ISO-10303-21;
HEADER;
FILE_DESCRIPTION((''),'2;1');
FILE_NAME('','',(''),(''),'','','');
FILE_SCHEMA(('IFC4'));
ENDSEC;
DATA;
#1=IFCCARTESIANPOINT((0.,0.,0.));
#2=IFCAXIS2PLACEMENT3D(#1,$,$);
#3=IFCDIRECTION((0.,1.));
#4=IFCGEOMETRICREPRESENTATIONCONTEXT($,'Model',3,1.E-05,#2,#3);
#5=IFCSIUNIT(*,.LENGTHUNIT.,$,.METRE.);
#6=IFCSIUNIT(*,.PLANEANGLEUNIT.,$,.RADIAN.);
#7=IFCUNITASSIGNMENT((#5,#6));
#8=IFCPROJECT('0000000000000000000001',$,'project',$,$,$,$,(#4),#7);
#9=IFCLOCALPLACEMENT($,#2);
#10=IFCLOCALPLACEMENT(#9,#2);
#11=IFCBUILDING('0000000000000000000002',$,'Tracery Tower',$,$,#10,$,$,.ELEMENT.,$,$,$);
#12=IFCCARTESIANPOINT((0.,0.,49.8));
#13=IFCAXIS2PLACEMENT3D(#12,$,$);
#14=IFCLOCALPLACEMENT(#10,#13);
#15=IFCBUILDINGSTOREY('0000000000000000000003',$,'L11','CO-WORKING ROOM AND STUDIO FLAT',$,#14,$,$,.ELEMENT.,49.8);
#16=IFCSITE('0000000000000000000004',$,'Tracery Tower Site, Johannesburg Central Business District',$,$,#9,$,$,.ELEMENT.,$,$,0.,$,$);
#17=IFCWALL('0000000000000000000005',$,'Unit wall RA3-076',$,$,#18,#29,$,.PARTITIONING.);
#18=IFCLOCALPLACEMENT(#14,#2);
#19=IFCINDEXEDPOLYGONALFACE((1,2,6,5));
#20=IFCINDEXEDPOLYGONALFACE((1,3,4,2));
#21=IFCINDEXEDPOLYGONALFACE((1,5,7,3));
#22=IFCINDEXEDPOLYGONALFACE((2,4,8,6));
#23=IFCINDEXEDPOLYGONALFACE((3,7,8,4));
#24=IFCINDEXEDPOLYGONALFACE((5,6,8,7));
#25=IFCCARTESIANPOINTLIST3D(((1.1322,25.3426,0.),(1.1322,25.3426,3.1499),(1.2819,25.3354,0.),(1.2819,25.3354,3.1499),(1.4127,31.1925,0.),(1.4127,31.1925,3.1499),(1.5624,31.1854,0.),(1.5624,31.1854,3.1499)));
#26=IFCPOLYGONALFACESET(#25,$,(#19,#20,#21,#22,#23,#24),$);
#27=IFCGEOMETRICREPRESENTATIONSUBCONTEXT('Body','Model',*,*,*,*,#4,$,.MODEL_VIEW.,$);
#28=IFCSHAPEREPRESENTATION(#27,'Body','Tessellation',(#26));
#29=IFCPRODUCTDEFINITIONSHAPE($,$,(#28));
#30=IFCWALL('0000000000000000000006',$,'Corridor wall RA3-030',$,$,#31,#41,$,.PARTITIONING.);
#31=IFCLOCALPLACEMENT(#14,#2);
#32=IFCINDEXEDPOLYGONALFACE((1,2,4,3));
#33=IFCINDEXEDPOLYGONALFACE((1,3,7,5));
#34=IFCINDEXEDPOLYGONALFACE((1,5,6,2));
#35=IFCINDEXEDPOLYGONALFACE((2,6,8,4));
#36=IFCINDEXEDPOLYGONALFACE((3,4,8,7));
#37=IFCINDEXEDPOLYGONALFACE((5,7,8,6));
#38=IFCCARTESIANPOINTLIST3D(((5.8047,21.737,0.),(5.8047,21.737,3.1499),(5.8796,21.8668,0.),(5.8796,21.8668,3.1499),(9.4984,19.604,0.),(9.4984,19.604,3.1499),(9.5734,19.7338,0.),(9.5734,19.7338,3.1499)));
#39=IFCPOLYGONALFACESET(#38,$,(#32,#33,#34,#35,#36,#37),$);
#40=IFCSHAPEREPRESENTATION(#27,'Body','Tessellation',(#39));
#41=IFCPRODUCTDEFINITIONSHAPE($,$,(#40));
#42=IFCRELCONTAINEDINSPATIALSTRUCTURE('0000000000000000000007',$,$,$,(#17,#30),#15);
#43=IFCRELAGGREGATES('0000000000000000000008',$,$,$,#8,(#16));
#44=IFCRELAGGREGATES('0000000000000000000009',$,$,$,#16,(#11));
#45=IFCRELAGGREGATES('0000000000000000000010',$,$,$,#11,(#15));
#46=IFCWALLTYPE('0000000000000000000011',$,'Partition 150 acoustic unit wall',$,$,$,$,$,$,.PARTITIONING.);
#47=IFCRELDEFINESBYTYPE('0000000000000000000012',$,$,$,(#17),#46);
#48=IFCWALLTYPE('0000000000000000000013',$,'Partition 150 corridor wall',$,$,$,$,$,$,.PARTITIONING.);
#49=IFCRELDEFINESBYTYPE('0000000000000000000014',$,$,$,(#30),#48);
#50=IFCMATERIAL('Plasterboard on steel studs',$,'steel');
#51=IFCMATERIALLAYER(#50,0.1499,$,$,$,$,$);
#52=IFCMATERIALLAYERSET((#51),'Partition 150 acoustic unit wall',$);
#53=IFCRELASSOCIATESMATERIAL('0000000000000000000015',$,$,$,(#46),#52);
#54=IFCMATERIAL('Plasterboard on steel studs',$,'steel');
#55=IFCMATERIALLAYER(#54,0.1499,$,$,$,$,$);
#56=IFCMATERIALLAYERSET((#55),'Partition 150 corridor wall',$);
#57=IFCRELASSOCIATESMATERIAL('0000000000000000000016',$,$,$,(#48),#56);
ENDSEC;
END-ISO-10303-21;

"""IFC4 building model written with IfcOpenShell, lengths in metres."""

from ifc_helpers import new_model, si_unit, direction, frame, frame_2d, origin, place, context, subcontext, project, spatial, rectangle, extrude, material, layer, layer_set, type_object, element, save


model = new_model("IFC4")

# Units and contexts
model_context = context("Model", 3, precision=1e-05, world=origin(), true_north=direction((0.0, 1.0)))
body_context = subcontext(model_context, "Body", "Model", "MODEL_VIEW")
ifc_project = project(units=[si_unit("LENGTHUNIT", "METRE"), si_unit("PLANEANGLEUNIT", "RADIAN")], contexts=[model_context])

# Site, building, storey
site_placement = place(None, origin())
site = spatial("IfcSite", under=ifc_project, at=site_placement, Name="Tracery Tower Site, Johannesburg Central Business District", CompositionType="ELEMENT", RefElevation=0.0)
building_placement = place(site_placement, origin())
building = spatial("IfcBuilding", under=site, at=building_placement, Name="Tracery Tower", CompositionType="ELEMENT")
storey_placement = place(building_placement, frame((0.0, 0.0, 49.8)))
storey = spatial("IfcBuildingStorey", under=building, at=storey_placement, Name="L11", Description="CO-WORKING ROOM AND STUDIO FLAT", CompositionType="ELEMENT", Elevation=49.8)

# Walls
ifc_material_1 = material(Name="Plasterboard on steel studs", Category="steel")
ifc_layer_1 = layer(ifc_material_1, 0.1499)
ifc_layer_set_1 = layer_set([ifc_layer_1], Name="Partition 150 acoustic unit wall")
wall_type_1 = type_object("IfcWallType", Name="Partition 150 acoustic unit wall", PredefinedType="PARTITIONING", material=ifc_layer_set_1)
wall_1_placement = place(storey_placement, frame((1.207, 25.3391, 0.0), z_axis=(0.0, 0.0, 1.0), x_axis=(0.047898, 0.998852, 0.0)))
element("IfcWall", 1, at=wall_1_placement, inside=storey, type_object=wall_type_1, Name="Unit wall RA3-076", PredefinedType="PARTITIONING", context=body_context, shape_type="SweptSolid", body=[
    extrude(rectangle(XDim=5.8567, YDim=0.1499, at=frame_2d((2.9282, 0.0))), origin(), (0.0, 0.0, 1.0), 3.1499),
])
ifc_material_2 = material(Name="Plasterboard on steel studs", Category="steel")
ifc_layer_2 = layer(ifc_material_2, 0.1499)
ifc_layer_set_2 = layer_set([ifc_layer_2], Name="Partition 150 corridor wall")
wall_type_2 = type_object("IfcWallType", Name="Partition 150 corridor wall", PredefinedType="PARTITIONING", material=ifc_layer_set_2)
wall_2_placement = place(storey_placement, frame((5.842, 21.802, 0.0), z_axis=(0.0, 0.0, 1.0), x_axis=(0.865984, -0.500073, 0.0)))
element("IfcWall", 2, at=wall_2_placement, inside=storey, type_object=wall_type_2, Name="Corridor wall RA3-030", PredefinedType="PARTITIONING", context=body_context, shape_type="SweptSolid", body=[
    extrude(rectangle(XDim=4.2654, YDim=0.1499, at=frame_2d((2.1328, 0.0))), origin(), (0.0, 0.0, 1.0), 3.1499),
])

save(model, "model.ifc")
